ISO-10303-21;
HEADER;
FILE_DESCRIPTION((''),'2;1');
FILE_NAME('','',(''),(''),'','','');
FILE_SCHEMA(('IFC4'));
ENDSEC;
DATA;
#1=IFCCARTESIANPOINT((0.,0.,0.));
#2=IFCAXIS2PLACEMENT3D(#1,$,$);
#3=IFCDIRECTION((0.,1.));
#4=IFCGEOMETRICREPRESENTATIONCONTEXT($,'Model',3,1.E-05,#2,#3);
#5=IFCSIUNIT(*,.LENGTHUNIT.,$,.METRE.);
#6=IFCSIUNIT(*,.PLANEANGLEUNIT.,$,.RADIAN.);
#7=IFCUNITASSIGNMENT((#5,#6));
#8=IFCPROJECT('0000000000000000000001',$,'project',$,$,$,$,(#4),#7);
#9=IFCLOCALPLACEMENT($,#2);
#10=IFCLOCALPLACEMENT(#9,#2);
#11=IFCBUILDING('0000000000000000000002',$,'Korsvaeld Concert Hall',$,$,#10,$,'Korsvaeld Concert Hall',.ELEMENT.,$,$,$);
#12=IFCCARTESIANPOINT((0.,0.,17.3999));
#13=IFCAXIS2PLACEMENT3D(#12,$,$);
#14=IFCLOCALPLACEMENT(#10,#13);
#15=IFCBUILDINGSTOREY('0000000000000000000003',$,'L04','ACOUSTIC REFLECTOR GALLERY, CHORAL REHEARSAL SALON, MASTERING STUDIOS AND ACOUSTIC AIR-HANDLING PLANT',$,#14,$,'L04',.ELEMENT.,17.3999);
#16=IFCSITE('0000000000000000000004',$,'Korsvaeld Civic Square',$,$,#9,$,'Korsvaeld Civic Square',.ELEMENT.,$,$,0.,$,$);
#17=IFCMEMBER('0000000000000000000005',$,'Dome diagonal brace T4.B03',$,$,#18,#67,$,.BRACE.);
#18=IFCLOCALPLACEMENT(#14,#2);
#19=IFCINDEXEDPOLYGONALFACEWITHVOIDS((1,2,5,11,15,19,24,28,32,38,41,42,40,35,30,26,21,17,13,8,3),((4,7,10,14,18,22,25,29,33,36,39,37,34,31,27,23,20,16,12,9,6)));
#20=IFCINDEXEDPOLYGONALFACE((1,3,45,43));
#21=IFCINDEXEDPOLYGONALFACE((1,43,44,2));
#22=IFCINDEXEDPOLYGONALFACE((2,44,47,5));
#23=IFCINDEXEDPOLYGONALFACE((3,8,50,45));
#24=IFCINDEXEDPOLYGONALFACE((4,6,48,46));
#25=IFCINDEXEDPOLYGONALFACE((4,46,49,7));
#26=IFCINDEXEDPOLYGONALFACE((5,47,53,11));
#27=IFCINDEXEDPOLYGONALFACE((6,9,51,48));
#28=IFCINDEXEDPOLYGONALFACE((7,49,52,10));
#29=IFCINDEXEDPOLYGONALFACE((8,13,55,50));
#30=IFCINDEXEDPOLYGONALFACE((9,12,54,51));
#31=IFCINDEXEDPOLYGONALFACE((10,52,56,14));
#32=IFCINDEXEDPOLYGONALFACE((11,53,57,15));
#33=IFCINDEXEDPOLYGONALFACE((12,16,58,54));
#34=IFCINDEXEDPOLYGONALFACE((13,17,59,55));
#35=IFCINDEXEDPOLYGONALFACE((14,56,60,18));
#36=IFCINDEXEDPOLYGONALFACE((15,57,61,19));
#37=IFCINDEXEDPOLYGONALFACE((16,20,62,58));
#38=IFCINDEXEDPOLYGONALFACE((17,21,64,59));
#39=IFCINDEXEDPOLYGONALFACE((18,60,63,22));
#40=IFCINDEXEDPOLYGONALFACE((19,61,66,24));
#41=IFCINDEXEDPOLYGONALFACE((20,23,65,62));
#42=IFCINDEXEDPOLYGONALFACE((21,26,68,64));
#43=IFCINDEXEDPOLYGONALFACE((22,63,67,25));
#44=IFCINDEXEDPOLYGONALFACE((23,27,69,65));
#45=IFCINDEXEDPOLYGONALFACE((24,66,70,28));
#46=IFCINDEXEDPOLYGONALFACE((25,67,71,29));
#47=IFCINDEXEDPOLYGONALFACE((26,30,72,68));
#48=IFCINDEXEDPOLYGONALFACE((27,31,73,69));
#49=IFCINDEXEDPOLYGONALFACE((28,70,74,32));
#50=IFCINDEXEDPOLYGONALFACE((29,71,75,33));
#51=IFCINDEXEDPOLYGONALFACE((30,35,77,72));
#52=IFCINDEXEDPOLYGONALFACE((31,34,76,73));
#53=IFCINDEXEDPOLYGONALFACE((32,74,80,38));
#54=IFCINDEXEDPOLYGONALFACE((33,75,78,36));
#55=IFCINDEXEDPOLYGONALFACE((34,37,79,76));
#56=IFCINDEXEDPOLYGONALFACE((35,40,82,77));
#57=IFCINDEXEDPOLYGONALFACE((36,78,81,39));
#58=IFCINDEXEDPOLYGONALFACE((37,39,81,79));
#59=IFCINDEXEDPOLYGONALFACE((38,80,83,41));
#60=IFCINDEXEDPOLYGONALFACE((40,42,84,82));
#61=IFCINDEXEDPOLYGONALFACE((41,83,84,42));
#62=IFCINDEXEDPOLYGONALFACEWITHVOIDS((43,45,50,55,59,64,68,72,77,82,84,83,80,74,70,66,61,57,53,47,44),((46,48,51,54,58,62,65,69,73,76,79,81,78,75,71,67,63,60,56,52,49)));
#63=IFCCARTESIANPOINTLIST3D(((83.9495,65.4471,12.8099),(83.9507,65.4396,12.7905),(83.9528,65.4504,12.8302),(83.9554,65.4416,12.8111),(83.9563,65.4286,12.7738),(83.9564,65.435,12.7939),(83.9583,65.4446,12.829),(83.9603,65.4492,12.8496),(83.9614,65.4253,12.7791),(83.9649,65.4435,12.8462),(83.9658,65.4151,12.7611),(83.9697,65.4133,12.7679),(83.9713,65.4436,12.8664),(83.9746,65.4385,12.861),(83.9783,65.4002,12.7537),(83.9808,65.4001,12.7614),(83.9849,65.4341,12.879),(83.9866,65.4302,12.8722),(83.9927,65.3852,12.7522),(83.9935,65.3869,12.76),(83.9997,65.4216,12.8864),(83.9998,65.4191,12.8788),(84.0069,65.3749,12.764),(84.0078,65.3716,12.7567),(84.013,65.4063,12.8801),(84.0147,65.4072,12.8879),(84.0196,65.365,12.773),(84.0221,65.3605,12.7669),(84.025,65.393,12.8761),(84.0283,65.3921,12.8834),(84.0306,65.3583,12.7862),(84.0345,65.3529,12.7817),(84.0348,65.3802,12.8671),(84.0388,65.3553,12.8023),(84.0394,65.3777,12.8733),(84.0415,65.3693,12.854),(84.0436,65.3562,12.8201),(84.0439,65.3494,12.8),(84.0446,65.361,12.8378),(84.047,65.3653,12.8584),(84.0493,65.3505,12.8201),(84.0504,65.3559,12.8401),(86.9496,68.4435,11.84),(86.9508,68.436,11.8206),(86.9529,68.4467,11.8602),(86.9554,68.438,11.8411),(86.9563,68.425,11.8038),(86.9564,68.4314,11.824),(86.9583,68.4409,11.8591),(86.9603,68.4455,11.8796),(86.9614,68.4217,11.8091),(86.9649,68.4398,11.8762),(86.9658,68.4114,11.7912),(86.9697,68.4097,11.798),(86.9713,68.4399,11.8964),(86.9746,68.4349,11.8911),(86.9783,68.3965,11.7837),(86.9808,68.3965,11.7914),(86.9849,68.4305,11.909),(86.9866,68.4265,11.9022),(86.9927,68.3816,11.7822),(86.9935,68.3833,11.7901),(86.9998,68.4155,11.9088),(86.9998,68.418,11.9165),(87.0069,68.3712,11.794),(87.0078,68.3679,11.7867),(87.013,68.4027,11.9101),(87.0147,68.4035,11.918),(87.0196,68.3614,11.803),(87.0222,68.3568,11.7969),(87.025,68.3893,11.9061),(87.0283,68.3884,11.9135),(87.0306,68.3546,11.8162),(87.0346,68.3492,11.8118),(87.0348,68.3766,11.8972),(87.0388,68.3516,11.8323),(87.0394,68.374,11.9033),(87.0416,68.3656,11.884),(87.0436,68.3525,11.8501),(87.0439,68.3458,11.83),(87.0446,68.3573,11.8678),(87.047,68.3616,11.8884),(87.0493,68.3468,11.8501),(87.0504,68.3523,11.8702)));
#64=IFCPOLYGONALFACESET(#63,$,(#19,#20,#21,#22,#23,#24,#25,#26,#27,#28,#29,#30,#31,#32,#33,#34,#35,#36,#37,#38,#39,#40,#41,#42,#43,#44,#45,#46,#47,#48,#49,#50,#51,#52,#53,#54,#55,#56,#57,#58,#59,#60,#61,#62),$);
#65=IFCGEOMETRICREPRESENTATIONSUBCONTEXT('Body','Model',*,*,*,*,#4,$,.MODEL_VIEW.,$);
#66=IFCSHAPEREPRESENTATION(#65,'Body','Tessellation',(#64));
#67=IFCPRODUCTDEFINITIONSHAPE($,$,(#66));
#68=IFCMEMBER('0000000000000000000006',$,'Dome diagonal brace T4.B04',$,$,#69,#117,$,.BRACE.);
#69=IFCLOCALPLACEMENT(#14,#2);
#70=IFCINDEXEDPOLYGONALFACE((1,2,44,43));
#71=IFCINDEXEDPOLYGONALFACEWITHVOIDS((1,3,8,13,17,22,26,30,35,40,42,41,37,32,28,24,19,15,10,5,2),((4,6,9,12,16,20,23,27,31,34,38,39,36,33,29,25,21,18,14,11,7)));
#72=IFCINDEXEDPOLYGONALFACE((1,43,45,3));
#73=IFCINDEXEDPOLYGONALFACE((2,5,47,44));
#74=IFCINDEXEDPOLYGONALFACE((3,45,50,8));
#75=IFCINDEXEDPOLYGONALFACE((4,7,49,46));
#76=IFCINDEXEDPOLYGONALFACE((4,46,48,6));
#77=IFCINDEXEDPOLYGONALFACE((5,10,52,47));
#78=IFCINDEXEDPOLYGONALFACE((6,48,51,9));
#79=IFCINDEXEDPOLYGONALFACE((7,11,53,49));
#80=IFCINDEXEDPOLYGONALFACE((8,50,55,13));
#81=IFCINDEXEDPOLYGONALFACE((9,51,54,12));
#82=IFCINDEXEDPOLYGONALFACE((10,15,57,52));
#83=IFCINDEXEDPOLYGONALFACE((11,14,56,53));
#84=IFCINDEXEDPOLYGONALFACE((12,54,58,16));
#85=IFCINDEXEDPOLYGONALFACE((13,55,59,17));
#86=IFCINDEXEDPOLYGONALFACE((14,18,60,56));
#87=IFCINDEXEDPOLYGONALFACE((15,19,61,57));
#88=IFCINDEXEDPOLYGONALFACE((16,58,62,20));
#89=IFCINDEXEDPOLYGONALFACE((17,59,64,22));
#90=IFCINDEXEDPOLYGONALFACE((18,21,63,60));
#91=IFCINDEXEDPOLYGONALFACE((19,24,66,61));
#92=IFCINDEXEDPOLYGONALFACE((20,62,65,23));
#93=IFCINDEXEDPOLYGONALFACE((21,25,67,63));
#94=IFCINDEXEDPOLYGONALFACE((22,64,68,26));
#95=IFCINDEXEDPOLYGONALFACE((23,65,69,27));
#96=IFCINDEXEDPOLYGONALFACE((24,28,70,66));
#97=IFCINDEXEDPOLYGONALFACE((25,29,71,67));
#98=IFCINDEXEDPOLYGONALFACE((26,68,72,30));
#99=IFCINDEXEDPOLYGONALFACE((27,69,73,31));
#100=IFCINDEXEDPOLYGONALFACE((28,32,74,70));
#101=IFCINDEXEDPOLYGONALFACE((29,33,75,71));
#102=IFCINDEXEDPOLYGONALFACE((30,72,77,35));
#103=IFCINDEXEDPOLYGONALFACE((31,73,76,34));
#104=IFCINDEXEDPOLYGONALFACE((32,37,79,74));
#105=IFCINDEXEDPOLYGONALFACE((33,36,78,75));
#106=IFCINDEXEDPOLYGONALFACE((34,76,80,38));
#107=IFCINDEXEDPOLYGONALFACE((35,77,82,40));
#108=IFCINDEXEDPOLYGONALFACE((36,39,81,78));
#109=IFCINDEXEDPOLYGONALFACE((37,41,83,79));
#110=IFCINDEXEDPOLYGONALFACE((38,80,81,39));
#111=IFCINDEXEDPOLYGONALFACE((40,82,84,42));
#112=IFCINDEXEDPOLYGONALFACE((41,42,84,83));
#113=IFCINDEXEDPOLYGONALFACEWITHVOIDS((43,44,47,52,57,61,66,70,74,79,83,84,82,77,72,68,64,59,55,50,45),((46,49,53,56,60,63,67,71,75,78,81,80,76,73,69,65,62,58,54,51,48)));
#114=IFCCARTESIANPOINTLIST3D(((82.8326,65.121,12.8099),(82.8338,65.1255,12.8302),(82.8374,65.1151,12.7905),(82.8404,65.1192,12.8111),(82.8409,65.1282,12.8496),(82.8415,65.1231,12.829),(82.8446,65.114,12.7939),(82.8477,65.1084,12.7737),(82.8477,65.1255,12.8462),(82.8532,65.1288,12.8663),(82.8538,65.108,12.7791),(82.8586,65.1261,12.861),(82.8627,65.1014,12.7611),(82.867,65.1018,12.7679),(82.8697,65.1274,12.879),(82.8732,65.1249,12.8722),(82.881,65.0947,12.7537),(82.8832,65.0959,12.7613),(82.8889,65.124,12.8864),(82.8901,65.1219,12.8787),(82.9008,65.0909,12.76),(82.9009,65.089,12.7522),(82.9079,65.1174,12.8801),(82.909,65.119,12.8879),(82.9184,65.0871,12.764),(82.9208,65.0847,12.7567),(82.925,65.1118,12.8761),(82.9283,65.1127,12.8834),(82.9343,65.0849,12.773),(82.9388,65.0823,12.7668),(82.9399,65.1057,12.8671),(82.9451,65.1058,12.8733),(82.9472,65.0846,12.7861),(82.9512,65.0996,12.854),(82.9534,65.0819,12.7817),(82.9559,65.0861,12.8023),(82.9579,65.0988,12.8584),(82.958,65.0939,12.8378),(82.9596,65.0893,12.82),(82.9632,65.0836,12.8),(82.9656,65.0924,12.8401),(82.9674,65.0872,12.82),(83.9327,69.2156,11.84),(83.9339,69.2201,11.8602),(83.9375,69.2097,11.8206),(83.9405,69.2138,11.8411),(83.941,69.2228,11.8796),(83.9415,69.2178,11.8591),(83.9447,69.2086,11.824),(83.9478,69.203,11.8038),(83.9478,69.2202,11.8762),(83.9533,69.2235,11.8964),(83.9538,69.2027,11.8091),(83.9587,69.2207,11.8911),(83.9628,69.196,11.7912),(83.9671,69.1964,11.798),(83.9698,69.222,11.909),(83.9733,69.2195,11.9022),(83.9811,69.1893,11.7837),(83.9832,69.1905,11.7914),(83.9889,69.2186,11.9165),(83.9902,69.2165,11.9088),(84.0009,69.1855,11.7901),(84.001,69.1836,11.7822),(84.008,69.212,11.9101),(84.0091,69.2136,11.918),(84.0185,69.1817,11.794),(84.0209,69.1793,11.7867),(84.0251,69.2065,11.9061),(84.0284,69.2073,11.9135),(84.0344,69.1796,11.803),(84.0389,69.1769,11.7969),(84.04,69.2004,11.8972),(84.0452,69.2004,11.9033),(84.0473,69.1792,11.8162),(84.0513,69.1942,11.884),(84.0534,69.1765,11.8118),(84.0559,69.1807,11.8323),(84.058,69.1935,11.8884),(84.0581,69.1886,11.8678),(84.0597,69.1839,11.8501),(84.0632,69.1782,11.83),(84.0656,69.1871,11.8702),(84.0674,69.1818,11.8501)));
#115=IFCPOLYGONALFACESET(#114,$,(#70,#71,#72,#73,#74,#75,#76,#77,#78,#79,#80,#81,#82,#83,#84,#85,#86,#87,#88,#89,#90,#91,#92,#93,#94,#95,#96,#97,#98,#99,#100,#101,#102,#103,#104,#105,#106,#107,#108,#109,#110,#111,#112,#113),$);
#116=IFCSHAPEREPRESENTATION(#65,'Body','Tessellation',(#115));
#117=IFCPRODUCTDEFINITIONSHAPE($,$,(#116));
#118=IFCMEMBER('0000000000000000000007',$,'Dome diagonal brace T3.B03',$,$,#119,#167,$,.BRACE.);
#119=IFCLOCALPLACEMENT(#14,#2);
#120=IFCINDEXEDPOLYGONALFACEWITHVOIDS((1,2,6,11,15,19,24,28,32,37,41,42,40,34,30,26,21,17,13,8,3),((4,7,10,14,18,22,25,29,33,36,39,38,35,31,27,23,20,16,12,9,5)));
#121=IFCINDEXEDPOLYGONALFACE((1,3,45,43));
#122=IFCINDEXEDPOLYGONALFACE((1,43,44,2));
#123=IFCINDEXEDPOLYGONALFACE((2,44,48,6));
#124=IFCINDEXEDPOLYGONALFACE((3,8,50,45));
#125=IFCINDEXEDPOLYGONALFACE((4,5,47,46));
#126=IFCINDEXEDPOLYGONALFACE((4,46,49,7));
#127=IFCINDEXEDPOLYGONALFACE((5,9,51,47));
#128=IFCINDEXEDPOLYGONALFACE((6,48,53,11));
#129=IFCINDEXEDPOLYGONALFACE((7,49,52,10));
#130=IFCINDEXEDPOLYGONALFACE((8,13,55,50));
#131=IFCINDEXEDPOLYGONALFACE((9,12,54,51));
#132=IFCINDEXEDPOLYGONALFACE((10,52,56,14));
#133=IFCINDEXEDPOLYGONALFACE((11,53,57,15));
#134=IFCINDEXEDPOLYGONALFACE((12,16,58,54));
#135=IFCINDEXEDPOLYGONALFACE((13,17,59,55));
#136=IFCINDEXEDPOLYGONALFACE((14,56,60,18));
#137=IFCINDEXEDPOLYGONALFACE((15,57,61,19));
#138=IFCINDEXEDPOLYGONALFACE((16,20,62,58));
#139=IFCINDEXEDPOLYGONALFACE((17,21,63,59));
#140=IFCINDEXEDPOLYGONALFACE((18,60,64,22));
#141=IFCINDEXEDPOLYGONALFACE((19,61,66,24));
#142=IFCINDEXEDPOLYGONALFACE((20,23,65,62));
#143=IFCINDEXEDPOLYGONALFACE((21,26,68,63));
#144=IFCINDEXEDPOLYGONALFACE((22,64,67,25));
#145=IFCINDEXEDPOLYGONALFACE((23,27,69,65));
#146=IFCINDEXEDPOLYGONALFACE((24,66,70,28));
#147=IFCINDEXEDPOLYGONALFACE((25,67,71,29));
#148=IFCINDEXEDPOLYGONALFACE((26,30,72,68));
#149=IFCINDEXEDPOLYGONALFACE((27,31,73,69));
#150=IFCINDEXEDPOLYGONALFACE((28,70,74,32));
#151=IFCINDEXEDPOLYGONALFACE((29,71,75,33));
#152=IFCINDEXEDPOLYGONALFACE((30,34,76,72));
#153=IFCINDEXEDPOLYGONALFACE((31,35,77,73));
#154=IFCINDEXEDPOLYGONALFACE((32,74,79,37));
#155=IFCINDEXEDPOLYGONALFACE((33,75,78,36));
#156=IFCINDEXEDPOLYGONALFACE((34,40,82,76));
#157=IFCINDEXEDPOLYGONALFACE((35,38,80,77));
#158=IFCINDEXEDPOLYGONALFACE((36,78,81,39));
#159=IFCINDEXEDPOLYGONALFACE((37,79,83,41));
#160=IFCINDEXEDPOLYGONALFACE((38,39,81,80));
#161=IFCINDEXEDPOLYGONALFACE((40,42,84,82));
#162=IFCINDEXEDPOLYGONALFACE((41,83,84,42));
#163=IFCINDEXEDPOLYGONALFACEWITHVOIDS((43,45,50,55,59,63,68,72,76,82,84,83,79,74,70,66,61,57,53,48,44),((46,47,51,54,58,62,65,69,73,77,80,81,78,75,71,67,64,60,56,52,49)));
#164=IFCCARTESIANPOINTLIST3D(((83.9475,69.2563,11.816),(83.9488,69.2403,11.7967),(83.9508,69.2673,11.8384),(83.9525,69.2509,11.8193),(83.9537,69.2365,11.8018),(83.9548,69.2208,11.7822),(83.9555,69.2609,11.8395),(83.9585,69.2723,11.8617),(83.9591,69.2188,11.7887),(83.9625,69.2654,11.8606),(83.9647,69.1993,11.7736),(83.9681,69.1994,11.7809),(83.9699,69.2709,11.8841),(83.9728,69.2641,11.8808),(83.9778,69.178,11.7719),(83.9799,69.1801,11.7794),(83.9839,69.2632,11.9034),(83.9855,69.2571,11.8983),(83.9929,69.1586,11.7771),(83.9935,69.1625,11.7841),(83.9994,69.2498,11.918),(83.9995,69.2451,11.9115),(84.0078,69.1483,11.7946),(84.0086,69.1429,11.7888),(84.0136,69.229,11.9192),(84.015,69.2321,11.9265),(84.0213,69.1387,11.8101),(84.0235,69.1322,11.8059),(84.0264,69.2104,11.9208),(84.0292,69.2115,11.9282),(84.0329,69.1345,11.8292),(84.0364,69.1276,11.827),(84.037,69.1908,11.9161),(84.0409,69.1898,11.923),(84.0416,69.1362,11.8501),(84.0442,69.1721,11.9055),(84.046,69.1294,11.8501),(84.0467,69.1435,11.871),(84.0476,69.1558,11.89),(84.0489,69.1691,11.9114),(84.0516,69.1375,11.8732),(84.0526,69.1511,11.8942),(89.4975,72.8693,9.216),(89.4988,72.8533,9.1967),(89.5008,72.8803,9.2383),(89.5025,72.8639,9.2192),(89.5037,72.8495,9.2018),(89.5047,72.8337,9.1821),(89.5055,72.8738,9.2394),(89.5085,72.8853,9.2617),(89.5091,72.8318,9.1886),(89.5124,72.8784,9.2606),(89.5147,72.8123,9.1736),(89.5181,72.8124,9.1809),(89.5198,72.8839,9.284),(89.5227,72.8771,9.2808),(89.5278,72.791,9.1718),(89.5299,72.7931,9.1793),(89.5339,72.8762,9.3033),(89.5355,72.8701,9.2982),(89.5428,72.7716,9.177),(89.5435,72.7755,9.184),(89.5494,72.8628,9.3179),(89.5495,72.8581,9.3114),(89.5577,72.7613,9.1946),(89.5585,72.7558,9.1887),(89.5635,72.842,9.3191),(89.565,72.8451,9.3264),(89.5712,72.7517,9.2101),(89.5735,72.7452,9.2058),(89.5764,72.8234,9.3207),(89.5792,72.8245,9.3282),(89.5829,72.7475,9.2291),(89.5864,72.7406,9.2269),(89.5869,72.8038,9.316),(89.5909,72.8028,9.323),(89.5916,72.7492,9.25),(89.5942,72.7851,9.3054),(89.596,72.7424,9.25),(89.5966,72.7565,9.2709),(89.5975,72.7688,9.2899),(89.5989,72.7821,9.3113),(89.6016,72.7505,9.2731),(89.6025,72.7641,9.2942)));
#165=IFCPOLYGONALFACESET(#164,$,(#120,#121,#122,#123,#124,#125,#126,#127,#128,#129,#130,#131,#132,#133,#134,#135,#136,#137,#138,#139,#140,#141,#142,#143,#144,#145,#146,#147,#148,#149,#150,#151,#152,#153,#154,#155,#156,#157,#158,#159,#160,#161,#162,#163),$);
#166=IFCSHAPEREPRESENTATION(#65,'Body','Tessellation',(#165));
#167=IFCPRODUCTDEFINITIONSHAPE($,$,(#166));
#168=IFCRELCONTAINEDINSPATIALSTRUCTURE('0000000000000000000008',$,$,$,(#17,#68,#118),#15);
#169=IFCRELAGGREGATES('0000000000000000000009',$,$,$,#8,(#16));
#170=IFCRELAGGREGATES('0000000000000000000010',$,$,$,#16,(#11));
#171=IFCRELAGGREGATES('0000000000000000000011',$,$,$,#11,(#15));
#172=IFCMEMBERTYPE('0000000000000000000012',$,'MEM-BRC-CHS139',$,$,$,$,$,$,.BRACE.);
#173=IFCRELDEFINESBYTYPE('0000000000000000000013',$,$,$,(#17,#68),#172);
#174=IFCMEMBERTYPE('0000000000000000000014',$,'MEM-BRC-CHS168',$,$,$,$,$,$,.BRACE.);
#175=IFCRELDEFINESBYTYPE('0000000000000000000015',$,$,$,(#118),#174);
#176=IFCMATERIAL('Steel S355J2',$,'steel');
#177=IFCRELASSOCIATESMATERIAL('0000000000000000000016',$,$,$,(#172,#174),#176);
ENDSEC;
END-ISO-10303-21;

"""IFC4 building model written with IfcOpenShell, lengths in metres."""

from ifc_helpers import new_model, si_unit, direction, frame, origin, origin_2d, place, context, subcontext, project, spatial, hollow_circle, extrude, material, material_profile, profile_set, type_object, element, save


model = new_model("IFC4")

# Units and contexts
model_context = context("Model", 3, precision=1e-05, world=origin(), true_north=direction((0.0, 1.0)))
body_context = subcontext(model_context, "Body", "Model", "MODEL_VIEW")
ifc_project = project(units=[si_unit("LENGTHUNIT", "METRE"), si_unit("PLANEANGLEUNIT", "RADIAN")], contexts=[model_context])

# Site, building, storey
site_placement = place(None, origin())
site = spatial("IfcSite", under=ifc_project, at=site_placement, Name="Korsvaeld Civic Square", LongName="Korsvaeld Civic Square", CompositionType="ELEMENT", RefElevation=0.0)
building_placement = place(site_placement, origin())
building = spatial("IfcBuilding", under=site, at=building_placement, Name="Korsvaeld Concert Hall", LongName="Korsvaeld Concert Hall", CompositionType="ELEMENT")
storey_placement = place(building_placement, frame((0.0, 0.0, 17.3999)))
storey = spatial("IfcBuildingStorey", under=building, at=storey_placement, Name="L04", Description="ACOUSTIC REFLECTOR GALLERY, CHORAL REHEARSAL SALON, MASTERING STUDIOS AND ACOUSTIC AIR-HANDLING PLANT", LongName="L04", CompositionType="ELEMENT", Elevation=17.3999)

# Shared definitions
ifc_material_1 = material(Name="Steel S355J2", Category="steel")

# Members
ifc_material_profile_1 = material_profile(ifc_material_1, hollow_circle(Radius=0.0698, WallThickness=0.0081, at=origin_2d()), Name="CHS 139.7x8")
ifc_profile_set_1 = profile_set([ifc_material_profile_1], Name="Steel S355J2")
member_type_1 = type_object("IfcMemberType", Name="MEM-BRC-CHS139", PredefinedType="BRACE", material=ifc_profile_set_1)
member_1_placement = place(storey_placement, frame((87.0, 68.3962, 11.8501), z_axis=(-0.689721, -0.688879, 0.223003), x_axis=(0.706675, -0.707538, 0.0)))
element("IfcMember", 1, at=member_1_placement, inside=storey, type_object=member_type_1, Name="Dome diagonal brace T4.B03", PredefinedType="BRACE", context=body_context, shape_type="SweptSolid", body=[
    extrude(hollow_circle(Radius=0.0698, WallThickness=0.0081, at=origin_2d()), origin(), (0.0, 0.0, 1.0), 4.3496),
])
member_2_placement = place(storey_placement, frame((84.0, 69.2, 11.8501), z_axis=(-0.252927, -0.941432, 0.223009), x_axis=(0.965754, -0.259461, 0.0)))
element("IfcMember", 2, at=member_2_placement, inside=storey, type_object=member_type_1, Name="Dome diagonal brace T4.B04", PredefinedType="BRACE", context=body_context, shape_type="SweptSolid", body=[
    extrude(hollow_circle(Radius=0.0698, WallThickness=0.0081, at=origin_2d()), origin(), (0.0, 0.0, 1.0), 4.3494),
])
ifc_material_profile_2 = material_profile(ifc_material_1, hollow_circle(Radius=0.0842, WallThickness=0.0081, at=origin_2d()), Name="CHS 168.3x8")
ifc_profile_set_2 = profile_set([ifc_material_profile_2], Name="Steel S355J2")
member_type_2 = type_object("IfcMemberType", Name="MEM-BRC-CHS168", PredefinedType="BRACE", material=ifc_profile_set_2)
for number, where, z_axis, x_axis, name in (
    (3, (89.55, 72.813, 9.25), (-0.780092, -0.507834, 0.365459), (0.545573, -0.838064, 0.0), "Dome diagonal brace T3.B03"),
):
    element("IfcMember", number, at=place(storey_placement, frame(where, z_axis=z_axis, x_axis=x_axis)), inside=storey, type_object=member_type_2, Name=name, PredefinedType="BRACE", context=body_context, shape_type="SweptSolid", body=[
        extrude(hollow_circle(Radius=0.0842, WallThickness=0.0081, at=origin_2d()), origin(), (0.0, 0.0, 1.0), 7.1145),
    ])

save(model, "model.ifc")
